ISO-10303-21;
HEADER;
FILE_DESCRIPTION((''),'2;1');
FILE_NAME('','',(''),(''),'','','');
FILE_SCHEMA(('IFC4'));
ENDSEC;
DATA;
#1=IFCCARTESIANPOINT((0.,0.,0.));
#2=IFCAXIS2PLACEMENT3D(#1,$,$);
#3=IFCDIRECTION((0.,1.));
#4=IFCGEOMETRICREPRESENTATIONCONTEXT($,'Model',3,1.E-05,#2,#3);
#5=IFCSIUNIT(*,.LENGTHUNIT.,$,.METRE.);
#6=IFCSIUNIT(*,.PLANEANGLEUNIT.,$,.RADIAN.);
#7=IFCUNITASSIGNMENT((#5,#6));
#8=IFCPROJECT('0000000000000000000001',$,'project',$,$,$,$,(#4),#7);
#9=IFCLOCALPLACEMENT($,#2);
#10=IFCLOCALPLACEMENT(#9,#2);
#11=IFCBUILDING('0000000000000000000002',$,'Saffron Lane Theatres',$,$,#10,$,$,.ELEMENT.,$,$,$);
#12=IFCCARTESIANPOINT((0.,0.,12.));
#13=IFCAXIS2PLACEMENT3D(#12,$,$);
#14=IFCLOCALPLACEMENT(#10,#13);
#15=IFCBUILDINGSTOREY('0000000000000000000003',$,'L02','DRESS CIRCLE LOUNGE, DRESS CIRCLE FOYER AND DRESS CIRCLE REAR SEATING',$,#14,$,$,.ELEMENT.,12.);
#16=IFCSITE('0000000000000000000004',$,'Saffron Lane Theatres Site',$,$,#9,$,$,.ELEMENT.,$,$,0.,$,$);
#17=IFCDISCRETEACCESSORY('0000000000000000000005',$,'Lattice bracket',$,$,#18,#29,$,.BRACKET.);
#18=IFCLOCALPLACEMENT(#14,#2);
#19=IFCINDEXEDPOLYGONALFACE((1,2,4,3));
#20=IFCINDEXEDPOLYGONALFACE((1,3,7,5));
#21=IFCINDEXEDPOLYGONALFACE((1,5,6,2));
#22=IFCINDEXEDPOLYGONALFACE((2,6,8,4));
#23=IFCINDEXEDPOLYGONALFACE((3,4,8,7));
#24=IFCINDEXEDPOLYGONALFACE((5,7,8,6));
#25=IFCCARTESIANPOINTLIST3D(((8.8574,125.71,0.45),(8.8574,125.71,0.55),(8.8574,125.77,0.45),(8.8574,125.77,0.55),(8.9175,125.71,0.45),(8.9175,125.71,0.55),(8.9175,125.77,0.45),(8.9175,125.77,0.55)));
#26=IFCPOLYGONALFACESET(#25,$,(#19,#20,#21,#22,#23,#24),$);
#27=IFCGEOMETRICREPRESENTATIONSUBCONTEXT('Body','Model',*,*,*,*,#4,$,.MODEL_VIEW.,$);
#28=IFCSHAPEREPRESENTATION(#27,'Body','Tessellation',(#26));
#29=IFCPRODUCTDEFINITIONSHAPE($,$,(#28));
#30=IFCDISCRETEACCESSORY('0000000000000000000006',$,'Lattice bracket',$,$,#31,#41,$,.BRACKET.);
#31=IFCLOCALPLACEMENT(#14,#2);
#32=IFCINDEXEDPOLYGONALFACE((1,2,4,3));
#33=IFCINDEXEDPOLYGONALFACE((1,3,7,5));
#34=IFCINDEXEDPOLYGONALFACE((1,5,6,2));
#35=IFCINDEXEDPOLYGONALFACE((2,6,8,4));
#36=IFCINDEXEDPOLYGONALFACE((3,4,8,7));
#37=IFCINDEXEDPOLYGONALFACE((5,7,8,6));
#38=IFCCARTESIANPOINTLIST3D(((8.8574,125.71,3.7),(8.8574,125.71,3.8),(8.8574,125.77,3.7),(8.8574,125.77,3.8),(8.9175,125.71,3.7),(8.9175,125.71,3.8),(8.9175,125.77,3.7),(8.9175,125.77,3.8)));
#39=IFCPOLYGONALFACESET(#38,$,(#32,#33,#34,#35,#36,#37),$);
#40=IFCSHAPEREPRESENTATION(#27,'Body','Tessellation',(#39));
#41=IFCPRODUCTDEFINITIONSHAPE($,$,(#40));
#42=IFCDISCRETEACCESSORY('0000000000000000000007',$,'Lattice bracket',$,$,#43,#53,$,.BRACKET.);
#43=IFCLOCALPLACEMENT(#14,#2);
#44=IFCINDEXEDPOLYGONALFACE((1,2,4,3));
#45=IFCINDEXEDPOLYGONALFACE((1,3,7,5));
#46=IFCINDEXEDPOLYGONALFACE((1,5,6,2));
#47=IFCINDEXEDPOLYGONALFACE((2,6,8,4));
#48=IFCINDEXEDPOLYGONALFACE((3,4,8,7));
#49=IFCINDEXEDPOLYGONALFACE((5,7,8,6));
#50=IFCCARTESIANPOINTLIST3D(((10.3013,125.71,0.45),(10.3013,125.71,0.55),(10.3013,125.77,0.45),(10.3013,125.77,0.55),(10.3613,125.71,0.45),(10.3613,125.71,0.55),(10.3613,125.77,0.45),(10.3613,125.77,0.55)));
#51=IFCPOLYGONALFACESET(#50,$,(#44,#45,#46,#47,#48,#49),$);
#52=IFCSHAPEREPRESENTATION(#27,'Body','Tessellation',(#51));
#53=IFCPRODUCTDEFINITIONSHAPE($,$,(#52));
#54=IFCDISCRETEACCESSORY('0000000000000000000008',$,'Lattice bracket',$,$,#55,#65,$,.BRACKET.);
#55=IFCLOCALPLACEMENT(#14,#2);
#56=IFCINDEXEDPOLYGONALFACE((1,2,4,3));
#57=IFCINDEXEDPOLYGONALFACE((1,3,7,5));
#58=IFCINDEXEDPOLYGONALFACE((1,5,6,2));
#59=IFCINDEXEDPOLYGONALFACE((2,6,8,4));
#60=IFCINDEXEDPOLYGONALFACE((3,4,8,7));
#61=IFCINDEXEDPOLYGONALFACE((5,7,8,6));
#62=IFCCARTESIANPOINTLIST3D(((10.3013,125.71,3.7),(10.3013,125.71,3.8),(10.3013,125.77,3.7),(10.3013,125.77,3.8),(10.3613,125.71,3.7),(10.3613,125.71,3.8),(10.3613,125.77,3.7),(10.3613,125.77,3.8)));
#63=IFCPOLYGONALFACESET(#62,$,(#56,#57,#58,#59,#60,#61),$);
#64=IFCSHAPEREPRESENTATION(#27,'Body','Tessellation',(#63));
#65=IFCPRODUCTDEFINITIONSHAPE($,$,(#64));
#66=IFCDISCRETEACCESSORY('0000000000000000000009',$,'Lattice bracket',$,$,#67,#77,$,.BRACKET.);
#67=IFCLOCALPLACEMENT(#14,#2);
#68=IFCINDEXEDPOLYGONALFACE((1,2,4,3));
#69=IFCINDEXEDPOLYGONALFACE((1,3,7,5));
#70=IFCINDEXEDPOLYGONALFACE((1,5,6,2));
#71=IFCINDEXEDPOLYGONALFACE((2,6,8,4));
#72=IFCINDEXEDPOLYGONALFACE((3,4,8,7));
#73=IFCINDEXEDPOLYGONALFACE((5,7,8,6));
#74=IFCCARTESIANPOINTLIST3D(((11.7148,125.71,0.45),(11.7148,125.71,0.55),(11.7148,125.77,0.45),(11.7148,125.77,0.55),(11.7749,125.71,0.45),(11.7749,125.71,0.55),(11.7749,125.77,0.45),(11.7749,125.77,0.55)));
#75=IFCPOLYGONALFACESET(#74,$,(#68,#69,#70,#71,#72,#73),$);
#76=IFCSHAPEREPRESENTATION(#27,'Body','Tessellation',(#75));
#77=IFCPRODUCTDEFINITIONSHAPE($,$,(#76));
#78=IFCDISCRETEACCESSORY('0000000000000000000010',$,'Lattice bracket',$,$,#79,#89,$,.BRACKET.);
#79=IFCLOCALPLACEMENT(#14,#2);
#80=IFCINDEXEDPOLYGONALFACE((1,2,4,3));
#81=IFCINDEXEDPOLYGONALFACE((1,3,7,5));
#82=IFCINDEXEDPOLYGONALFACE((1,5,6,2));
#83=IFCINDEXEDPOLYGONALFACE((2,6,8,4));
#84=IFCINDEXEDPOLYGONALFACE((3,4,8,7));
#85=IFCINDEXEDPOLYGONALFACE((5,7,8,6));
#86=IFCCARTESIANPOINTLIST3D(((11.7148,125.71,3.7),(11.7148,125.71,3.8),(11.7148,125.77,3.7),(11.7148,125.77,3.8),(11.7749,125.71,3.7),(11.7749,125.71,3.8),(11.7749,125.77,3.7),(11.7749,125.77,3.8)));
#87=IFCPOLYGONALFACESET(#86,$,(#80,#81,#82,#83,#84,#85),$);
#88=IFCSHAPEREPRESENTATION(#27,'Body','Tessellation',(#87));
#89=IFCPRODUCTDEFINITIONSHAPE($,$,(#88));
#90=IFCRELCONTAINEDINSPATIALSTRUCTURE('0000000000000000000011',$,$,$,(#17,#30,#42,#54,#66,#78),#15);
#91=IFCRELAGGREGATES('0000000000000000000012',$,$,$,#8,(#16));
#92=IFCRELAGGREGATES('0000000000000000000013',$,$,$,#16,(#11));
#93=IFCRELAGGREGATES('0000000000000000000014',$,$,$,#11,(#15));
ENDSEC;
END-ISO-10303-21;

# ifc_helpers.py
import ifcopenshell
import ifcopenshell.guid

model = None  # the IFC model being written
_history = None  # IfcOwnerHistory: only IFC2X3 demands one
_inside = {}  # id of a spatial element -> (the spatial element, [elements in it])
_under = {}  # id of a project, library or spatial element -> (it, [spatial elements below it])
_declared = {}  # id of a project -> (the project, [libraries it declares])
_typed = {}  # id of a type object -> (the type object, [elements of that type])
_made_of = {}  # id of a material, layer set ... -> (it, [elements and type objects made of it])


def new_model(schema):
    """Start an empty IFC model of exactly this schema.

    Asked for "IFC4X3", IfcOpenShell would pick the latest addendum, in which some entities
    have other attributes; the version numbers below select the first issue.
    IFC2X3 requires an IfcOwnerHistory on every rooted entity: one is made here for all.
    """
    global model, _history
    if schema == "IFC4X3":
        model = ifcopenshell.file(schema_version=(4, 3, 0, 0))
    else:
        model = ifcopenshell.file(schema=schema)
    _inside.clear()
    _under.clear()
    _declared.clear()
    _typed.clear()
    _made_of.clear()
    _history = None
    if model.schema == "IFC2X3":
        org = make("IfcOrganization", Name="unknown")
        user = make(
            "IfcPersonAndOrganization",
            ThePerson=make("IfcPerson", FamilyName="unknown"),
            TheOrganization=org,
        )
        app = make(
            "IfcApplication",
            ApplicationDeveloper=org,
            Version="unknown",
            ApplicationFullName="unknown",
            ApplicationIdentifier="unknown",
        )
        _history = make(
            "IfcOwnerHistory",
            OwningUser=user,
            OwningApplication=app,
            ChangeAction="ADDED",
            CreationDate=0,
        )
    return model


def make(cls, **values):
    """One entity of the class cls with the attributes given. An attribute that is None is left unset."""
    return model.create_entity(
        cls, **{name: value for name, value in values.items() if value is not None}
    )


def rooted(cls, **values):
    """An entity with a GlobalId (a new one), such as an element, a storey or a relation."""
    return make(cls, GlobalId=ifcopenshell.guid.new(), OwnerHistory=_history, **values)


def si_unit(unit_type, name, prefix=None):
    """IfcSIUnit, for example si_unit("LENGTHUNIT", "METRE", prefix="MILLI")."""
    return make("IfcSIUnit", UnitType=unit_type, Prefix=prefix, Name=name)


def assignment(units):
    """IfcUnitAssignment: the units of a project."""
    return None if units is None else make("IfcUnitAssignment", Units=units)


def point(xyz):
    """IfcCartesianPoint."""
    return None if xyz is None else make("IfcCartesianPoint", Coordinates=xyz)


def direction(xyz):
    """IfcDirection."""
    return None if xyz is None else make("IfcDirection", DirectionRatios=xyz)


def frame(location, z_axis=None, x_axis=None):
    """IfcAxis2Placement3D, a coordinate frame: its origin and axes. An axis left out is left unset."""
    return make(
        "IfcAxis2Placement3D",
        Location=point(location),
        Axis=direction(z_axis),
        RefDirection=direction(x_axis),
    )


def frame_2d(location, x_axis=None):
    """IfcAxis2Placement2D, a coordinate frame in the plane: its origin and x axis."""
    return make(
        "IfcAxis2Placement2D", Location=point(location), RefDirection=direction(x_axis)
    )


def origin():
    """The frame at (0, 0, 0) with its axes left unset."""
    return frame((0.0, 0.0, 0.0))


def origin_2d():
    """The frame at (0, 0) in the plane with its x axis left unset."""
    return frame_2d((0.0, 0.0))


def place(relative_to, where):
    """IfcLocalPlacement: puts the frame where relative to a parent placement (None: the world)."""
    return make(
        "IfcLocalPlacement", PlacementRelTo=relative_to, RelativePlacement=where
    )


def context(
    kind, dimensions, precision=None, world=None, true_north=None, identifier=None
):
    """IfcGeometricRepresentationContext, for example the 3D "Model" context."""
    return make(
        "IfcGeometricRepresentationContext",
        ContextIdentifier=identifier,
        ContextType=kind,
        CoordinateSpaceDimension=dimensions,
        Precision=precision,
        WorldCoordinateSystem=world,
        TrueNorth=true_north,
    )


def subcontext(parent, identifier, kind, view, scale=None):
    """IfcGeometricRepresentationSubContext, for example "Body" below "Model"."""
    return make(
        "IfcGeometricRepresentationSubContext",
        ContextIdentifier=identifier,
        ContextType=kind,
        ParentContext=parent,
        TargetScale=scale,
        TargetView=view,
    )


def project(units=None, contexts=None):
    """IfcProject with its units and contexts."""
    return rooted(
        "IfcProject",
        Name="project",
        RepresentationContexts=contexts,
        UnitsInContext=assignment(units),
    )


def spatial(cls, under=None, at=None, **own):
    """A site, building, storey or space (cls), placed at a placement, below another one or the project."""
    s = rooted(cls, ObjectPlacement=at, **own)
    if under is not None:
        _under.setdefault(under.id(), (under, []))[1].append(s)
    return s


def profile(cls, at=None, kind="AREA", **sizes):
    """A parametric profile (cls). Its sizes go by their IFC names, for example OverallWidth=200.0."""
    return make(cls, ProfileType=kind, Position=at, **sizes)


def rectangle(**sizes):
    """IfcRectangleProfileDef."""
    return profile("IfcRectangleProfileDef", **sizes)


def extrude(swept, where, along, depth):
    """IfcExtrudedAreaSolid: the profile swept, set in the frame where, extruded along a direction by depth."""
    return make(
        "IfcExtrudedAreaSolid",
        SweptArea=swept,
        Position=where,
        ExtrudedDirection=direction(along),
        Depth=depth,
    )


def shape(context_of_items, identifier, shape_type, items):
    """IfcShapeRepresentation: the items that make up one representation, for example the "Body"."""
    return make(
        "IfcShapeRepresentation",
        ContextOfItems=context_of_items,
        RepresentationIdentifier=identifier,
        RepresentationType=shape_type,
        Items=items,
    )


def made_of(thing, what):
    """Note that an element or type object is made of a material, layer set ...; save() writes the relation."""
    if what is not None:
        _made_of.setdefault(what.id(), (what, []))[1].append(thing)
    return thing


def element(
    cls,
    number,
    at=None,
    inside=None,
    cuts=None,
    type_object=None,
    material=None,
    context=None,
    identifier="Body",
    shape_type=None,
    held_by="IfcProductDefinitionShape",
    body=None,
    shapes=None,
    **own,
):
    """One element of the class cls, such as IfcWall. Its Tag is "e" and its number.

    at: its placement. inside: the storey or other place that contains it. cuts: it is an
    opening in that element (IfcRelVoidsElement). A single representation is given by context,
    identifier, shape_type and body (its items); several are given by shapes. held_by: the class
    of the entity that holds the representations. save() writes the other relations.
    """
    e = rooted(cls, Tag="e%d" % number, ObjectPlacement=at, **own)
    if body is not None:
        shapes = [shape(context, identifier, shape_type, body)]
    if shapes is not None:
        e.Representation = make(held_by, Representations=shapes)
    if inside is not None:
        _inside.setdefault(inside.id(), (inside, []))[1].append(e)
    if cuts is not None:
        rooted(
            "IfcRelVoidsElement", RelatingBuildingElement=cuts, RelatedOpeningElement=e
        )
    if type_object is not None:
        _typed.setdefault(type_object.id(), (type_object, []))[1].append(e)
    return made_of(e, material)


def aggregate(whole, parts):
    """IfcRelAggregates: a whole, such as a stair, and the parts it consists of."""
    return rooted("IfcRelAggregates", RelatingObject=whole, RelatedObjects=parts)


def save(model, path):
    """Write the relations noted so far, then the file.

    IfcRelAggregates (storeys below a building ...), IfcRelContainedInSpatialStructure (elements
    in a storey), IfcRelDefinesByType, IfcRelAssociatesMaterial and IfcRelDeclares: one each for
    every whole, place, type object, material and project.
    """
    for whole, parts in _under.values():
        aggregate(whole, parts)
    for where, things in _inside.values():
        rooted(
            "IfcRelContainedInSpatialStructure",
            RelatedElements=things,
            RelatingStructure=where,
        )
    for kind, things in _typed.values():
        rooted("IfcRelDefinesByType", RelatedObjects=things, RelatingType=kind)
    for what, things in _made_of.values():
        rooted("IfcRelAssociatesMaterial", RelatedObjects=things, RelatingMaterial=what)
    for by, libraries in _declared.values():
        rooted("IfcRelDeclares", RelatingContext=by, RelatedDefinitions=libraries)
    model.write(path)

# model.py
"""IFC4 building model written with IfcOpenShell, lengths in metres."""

from ifc_helpers import new_model, si_unit, direction, frame, origin, origin_2d, place, context, subcontext, project, spatial, rectangle, extrude, element, save


model = new_model("IFC4")

# Units and contexts
model_context = context("Model", 3, precision=1e-05, world=origin(), true_north=direction((0.0, 1.0)))
body_context = subcontext(model_context, "Body", "Model", "MODEL_VIEW")
ifc_project = project(units=[si_unit("LENGTHUNIT", "METRE"), si_unit("PLANEANGLEUNIT", "RADIAN")], contexts=[model_context])

# Site, building, storey
site_placement = place(None, origin())
site = spatial("IfcSite", under=ifc_project, at=site_placement, Name="Saffron Lane Theatres Site", CompositionType="ELEMENT", RefElevation=0.0)
building_placement = place(site_placement, origin())
building = spatial("IfcBuilding", under=site, at=building_placement, Name="Saffron Lane Theatres", CompositionType="ELEMENT")
storey_placement = place(building_placement, frame((0.0, 0.0, 12.0)))
storey = spatial("IfcBuildingStorey", under=building, at=storey_placement, Name="L02", Description="DRESS CIRCLE LOUNGE, DRESS CIRCLE FOYER AND DRESS CIRCLE REAR SEATING", CompositionType="ELEMENT", Elevation=12.0)

# Discrete accessories
for number, where, z_axis, x_axis, name in (
    (1, (8.8875, 125.74, 0.45), (0.0, 0.0, 1.0), (1.0, 0.0, 0.0), "Lattice bracket"),
    (2, (8.8875, 125.74, 3.7), (0.0, 0.0, 1.0), (1.0, 0.0, 0.0), "Lattice bracket"),
    (3, (10.3313, 125.74, 0.45), (0.0, 0.0, 1.0), (1.0, 0.0, 0.0), "Lattice bracket"),
    (4, (10.3313, 125.74, 3.7), (0.0, 0.0, 1.0), (1.0, 0.0, 0.0), "Lattice bracket"),
    (5, (11.7449, 125.74, 0.45), (0.0, 0.0, 1.0), (1.0, 0.0, 0.0), "Lattice bracket"),
    (6, (11.7449, 125.74, 3.7), (0.0, 0.0, 1.0), (1.0, 0.0, 0.0), "Lattice bracket"),
):
    element("IfcDiscreteAccessory", number, at=place(storey_placement, frame(where, z_axis=z_axis, x_axis=x_axis)), inside=storey, Name=name, PredefinedType="BRACKET", context=body_context, shape_type="SweptSolid", body=[
        extrude(rectangle(XDim=0.0601, YDim=0.0601, at=origin_2d()), origin(), (0.0, 0.0, 1.0), 0.1001),
    ])

save(model, "model.ifc")
